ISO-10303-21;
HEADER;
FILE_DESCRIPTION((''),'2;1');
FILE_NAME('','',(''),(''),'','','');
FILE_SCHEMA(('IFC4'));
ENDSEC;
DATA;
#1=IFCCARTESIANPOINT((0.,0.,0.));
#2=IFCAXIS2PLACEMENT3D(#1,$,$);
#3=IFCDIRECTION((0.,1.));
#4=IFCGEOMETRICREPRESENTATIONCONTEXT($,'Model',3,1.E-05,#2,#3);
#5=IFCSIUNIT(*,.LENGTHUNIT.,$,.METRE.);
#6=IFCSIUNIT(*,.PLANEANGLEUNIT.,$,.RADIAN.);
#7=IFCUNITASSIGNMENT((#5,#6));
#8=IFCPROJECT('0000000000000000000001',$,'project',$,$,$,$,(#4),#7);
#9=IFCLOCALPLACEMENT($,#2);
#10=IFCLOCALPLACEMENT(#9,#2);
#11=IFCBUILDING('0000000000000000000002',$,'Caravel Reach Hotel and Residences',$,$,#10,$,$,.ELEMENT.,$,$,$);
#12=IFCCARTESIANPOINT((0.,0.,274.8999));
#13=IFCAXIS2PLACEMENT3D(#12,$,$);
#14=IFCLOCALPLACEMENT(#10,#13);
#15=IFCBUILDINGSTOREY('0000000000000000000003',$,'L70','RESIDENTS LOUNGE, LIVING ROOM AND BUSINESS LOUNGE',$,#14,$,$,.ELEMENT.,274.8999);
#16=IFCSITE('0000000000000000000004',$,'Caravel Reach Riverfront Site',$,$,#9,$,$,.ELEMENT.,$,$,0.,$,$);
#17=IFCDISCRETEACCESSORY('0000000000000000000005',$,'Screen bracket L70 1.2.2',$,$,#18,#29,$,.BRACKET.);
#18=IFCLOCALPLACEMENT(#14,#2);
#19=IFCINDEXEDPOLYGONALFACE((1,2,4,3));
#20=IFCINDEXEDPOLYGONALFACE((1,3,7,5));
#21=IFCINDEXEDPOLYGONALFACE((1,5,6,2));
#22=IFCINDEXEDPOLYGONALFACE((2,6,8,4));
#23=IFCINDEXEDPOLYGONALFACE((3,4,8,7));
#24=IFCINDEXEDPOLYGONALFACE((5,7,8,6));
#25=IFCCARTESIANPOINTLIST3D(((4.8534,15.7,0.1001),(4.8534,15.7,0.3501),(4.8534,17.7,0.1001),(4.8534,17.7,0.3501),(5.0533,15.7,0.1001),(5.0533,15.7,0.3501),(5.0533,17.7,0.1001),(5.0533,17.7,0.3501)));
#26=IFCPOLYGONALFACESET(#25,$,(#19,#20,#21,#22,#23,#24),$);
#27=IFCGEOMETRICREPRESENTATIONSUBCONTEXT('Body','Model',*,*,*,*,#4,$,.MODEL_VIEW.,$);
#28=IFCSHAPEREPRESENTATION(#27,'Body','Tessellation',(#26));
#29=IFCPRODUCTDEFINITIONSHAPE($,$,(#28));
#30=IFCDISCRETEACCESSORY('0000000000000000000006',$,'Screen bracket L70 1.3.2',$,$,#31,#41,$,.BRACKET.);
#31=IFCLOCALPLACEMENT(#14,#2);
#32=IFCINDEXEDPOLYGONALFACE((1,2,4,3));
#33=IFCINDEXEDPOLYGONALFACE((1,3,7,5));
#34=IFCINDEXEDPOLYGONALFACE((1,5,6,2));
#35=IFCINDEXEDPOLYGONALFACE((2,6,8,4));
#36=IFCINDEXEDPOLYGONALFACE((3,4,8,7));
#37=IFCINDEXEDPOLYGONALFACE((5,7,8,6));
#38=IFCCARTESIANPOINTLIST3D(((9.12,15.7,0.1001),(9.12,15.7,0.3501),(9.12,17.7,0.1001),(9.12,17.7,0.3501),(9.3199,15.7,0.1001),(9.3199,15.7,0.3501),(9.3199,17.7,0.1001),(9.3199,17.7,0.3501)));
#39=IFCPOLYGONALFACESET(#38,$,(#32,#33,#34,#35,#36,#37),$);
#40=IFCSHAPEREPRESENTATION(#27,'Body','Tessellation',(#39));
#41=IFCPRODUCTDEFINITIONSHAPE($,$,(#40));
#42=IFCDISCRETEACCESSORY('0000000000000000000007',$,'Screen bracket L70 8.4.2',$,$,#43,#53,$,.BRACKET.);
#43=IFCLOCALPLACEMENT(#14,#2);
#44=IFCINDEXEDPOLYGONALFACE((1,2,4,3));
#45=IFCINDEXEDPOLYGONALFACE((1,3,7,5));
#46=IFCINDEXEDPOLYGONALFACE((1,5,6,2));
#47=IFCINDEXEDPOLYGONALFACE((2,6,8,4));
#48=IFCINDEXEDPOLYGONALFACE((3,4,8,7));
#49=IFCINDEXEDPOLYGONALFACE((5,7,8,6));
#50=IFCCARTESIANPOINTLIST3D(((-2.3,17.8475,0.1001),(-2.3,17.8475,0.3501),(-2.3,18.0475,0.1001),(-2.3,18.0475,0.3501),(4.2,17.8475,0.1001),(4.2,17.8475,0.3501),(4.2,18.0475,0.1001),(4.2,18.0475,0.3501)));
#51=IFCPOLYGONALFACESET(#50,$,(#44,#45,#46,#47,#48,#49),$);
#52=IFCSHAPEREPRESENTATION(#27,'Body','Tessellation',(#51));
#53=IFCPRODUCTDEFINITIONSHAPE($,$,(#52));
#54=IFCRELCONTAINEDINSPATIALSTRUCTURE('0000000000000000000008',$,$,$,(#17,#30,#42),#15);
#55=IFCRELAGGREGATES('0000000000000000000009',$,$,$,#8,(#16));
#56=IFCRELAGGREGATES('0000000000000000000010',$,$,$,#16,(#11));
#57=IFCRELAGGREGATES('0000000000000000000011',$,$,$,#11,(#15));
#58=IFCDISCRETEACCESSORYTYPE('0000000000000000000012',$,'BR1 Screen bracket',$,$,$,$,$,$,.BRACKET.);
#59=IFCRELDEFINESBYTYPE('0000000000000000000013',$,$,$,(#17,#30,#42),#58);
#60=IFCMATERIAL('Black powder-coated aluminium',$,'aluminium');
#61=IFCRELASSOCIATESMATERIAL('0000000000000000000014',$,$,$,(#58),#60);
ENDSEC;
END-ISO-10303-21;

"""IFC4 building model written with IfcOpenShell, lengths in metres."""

from ifc_helpers import new_model, si_unit, direction, frame, origin, origin_2d, place, context, subcontext, project, spatial, rectangle, extrude, material, type_object, element, save


model = new_model("IFC4")

# Units and contexts
model_context = context("Model", 3, precision=1e-05, world=origin(), true_north=direction((0.0, 1.0)))
body_context = subcontext(model_context, "Body", "Model", "MODEL_VIEW")
ifc_project = project(units=[si_unit("LENGTHUNIT", "METRE"), si_unit("PLANEANGLEUNIT", "RADIAN")], contexts=[model_context])

# Site, building, storey
site_placement = place(None, origin())
site = spatial("IfcSite", under=ifc_project, at=site_placement, Name="Caravel Reach Riverfront Site", CompositionType="ELEMENT", RefElevation=0.0)
building_placement = place(site_placement, origin())
building = spatial("IfcBuilding", under=site, at=building_placement, Name="Caravel Reach Hotel and Residences", CompositionType="ELEMENT")
storey_placement = place(building_placement, frame((0.0, 0.0, 274.8999)))
storey = spatial("IfcBuildingStorey", under=building, at=storey_placement, Name="L70", Description="RESIDENTS LOUNGE, LIVING ROOM AND BUSINESS LOUNGE", CompositionType="ELEMENT", Elevation=274.8999)

# Discrete accessories
ifc_material_1 = material(Name="Black powder-coated aluminium", Category="aluminium")
discrete_accessory_type = type_object("IfcDiscreteAccessoryType", Name="BR1 Screen bracket", PredefinedType="BRACKET", material=ifc_material_1)
for number, where, z_axis, x_axis, name in (
    (1, (4.9534, 16.7, 0.1001), (0.0, 0.0, 1.0), (0.0, -1.0, 0.0), "Screen bracket L70 1.2.2"),
    (2, (9.22, 16.7, 0.1001), (0.0, 0.0, 1.0), (0.0, -1.0, 0.0), "Screen bracket L70 1.3.2"),
):
    element("IfcDiscreteAccessory", number, at=place(storey_placement, frame(where, z_axis=z_axis, x_axis=x_axis)), inside=storey, type_object=discrete_accessory_type, Name=name, PredefinedType="BRACKET", context=body_context, shape_type="SweptSolid", body=[
        extrude(rectangle(XDim=2.0, YDim=0.2, at=origin_2d()), origin(), (0.0, 0.0, 1.0), 0.25),
    ])
discrete_accessory_placement = place(storey_placement, frame((0.95, 17.9475, 0.1001), z_axis=(0.0, 0.0, 1.0), x_axis=(-1.0, 0.0, 0.0)))
element("IfcDiscreteAccessory", 3, at=discrete_accessory_placement, inside=storey, type_object=discrete_accessory_type, Name="Screen bracket L70 8.4.2", PredefinedType="BRACKET", context=body_context, shape_type="SweptSolid", body=[
    extrude(rectangle(XDim=6.5, YDim=0.2, at=origin_2d()), origin(), (0.0, 0.0, 1.0), 0.25),
])

save(model, "model.ifc")
